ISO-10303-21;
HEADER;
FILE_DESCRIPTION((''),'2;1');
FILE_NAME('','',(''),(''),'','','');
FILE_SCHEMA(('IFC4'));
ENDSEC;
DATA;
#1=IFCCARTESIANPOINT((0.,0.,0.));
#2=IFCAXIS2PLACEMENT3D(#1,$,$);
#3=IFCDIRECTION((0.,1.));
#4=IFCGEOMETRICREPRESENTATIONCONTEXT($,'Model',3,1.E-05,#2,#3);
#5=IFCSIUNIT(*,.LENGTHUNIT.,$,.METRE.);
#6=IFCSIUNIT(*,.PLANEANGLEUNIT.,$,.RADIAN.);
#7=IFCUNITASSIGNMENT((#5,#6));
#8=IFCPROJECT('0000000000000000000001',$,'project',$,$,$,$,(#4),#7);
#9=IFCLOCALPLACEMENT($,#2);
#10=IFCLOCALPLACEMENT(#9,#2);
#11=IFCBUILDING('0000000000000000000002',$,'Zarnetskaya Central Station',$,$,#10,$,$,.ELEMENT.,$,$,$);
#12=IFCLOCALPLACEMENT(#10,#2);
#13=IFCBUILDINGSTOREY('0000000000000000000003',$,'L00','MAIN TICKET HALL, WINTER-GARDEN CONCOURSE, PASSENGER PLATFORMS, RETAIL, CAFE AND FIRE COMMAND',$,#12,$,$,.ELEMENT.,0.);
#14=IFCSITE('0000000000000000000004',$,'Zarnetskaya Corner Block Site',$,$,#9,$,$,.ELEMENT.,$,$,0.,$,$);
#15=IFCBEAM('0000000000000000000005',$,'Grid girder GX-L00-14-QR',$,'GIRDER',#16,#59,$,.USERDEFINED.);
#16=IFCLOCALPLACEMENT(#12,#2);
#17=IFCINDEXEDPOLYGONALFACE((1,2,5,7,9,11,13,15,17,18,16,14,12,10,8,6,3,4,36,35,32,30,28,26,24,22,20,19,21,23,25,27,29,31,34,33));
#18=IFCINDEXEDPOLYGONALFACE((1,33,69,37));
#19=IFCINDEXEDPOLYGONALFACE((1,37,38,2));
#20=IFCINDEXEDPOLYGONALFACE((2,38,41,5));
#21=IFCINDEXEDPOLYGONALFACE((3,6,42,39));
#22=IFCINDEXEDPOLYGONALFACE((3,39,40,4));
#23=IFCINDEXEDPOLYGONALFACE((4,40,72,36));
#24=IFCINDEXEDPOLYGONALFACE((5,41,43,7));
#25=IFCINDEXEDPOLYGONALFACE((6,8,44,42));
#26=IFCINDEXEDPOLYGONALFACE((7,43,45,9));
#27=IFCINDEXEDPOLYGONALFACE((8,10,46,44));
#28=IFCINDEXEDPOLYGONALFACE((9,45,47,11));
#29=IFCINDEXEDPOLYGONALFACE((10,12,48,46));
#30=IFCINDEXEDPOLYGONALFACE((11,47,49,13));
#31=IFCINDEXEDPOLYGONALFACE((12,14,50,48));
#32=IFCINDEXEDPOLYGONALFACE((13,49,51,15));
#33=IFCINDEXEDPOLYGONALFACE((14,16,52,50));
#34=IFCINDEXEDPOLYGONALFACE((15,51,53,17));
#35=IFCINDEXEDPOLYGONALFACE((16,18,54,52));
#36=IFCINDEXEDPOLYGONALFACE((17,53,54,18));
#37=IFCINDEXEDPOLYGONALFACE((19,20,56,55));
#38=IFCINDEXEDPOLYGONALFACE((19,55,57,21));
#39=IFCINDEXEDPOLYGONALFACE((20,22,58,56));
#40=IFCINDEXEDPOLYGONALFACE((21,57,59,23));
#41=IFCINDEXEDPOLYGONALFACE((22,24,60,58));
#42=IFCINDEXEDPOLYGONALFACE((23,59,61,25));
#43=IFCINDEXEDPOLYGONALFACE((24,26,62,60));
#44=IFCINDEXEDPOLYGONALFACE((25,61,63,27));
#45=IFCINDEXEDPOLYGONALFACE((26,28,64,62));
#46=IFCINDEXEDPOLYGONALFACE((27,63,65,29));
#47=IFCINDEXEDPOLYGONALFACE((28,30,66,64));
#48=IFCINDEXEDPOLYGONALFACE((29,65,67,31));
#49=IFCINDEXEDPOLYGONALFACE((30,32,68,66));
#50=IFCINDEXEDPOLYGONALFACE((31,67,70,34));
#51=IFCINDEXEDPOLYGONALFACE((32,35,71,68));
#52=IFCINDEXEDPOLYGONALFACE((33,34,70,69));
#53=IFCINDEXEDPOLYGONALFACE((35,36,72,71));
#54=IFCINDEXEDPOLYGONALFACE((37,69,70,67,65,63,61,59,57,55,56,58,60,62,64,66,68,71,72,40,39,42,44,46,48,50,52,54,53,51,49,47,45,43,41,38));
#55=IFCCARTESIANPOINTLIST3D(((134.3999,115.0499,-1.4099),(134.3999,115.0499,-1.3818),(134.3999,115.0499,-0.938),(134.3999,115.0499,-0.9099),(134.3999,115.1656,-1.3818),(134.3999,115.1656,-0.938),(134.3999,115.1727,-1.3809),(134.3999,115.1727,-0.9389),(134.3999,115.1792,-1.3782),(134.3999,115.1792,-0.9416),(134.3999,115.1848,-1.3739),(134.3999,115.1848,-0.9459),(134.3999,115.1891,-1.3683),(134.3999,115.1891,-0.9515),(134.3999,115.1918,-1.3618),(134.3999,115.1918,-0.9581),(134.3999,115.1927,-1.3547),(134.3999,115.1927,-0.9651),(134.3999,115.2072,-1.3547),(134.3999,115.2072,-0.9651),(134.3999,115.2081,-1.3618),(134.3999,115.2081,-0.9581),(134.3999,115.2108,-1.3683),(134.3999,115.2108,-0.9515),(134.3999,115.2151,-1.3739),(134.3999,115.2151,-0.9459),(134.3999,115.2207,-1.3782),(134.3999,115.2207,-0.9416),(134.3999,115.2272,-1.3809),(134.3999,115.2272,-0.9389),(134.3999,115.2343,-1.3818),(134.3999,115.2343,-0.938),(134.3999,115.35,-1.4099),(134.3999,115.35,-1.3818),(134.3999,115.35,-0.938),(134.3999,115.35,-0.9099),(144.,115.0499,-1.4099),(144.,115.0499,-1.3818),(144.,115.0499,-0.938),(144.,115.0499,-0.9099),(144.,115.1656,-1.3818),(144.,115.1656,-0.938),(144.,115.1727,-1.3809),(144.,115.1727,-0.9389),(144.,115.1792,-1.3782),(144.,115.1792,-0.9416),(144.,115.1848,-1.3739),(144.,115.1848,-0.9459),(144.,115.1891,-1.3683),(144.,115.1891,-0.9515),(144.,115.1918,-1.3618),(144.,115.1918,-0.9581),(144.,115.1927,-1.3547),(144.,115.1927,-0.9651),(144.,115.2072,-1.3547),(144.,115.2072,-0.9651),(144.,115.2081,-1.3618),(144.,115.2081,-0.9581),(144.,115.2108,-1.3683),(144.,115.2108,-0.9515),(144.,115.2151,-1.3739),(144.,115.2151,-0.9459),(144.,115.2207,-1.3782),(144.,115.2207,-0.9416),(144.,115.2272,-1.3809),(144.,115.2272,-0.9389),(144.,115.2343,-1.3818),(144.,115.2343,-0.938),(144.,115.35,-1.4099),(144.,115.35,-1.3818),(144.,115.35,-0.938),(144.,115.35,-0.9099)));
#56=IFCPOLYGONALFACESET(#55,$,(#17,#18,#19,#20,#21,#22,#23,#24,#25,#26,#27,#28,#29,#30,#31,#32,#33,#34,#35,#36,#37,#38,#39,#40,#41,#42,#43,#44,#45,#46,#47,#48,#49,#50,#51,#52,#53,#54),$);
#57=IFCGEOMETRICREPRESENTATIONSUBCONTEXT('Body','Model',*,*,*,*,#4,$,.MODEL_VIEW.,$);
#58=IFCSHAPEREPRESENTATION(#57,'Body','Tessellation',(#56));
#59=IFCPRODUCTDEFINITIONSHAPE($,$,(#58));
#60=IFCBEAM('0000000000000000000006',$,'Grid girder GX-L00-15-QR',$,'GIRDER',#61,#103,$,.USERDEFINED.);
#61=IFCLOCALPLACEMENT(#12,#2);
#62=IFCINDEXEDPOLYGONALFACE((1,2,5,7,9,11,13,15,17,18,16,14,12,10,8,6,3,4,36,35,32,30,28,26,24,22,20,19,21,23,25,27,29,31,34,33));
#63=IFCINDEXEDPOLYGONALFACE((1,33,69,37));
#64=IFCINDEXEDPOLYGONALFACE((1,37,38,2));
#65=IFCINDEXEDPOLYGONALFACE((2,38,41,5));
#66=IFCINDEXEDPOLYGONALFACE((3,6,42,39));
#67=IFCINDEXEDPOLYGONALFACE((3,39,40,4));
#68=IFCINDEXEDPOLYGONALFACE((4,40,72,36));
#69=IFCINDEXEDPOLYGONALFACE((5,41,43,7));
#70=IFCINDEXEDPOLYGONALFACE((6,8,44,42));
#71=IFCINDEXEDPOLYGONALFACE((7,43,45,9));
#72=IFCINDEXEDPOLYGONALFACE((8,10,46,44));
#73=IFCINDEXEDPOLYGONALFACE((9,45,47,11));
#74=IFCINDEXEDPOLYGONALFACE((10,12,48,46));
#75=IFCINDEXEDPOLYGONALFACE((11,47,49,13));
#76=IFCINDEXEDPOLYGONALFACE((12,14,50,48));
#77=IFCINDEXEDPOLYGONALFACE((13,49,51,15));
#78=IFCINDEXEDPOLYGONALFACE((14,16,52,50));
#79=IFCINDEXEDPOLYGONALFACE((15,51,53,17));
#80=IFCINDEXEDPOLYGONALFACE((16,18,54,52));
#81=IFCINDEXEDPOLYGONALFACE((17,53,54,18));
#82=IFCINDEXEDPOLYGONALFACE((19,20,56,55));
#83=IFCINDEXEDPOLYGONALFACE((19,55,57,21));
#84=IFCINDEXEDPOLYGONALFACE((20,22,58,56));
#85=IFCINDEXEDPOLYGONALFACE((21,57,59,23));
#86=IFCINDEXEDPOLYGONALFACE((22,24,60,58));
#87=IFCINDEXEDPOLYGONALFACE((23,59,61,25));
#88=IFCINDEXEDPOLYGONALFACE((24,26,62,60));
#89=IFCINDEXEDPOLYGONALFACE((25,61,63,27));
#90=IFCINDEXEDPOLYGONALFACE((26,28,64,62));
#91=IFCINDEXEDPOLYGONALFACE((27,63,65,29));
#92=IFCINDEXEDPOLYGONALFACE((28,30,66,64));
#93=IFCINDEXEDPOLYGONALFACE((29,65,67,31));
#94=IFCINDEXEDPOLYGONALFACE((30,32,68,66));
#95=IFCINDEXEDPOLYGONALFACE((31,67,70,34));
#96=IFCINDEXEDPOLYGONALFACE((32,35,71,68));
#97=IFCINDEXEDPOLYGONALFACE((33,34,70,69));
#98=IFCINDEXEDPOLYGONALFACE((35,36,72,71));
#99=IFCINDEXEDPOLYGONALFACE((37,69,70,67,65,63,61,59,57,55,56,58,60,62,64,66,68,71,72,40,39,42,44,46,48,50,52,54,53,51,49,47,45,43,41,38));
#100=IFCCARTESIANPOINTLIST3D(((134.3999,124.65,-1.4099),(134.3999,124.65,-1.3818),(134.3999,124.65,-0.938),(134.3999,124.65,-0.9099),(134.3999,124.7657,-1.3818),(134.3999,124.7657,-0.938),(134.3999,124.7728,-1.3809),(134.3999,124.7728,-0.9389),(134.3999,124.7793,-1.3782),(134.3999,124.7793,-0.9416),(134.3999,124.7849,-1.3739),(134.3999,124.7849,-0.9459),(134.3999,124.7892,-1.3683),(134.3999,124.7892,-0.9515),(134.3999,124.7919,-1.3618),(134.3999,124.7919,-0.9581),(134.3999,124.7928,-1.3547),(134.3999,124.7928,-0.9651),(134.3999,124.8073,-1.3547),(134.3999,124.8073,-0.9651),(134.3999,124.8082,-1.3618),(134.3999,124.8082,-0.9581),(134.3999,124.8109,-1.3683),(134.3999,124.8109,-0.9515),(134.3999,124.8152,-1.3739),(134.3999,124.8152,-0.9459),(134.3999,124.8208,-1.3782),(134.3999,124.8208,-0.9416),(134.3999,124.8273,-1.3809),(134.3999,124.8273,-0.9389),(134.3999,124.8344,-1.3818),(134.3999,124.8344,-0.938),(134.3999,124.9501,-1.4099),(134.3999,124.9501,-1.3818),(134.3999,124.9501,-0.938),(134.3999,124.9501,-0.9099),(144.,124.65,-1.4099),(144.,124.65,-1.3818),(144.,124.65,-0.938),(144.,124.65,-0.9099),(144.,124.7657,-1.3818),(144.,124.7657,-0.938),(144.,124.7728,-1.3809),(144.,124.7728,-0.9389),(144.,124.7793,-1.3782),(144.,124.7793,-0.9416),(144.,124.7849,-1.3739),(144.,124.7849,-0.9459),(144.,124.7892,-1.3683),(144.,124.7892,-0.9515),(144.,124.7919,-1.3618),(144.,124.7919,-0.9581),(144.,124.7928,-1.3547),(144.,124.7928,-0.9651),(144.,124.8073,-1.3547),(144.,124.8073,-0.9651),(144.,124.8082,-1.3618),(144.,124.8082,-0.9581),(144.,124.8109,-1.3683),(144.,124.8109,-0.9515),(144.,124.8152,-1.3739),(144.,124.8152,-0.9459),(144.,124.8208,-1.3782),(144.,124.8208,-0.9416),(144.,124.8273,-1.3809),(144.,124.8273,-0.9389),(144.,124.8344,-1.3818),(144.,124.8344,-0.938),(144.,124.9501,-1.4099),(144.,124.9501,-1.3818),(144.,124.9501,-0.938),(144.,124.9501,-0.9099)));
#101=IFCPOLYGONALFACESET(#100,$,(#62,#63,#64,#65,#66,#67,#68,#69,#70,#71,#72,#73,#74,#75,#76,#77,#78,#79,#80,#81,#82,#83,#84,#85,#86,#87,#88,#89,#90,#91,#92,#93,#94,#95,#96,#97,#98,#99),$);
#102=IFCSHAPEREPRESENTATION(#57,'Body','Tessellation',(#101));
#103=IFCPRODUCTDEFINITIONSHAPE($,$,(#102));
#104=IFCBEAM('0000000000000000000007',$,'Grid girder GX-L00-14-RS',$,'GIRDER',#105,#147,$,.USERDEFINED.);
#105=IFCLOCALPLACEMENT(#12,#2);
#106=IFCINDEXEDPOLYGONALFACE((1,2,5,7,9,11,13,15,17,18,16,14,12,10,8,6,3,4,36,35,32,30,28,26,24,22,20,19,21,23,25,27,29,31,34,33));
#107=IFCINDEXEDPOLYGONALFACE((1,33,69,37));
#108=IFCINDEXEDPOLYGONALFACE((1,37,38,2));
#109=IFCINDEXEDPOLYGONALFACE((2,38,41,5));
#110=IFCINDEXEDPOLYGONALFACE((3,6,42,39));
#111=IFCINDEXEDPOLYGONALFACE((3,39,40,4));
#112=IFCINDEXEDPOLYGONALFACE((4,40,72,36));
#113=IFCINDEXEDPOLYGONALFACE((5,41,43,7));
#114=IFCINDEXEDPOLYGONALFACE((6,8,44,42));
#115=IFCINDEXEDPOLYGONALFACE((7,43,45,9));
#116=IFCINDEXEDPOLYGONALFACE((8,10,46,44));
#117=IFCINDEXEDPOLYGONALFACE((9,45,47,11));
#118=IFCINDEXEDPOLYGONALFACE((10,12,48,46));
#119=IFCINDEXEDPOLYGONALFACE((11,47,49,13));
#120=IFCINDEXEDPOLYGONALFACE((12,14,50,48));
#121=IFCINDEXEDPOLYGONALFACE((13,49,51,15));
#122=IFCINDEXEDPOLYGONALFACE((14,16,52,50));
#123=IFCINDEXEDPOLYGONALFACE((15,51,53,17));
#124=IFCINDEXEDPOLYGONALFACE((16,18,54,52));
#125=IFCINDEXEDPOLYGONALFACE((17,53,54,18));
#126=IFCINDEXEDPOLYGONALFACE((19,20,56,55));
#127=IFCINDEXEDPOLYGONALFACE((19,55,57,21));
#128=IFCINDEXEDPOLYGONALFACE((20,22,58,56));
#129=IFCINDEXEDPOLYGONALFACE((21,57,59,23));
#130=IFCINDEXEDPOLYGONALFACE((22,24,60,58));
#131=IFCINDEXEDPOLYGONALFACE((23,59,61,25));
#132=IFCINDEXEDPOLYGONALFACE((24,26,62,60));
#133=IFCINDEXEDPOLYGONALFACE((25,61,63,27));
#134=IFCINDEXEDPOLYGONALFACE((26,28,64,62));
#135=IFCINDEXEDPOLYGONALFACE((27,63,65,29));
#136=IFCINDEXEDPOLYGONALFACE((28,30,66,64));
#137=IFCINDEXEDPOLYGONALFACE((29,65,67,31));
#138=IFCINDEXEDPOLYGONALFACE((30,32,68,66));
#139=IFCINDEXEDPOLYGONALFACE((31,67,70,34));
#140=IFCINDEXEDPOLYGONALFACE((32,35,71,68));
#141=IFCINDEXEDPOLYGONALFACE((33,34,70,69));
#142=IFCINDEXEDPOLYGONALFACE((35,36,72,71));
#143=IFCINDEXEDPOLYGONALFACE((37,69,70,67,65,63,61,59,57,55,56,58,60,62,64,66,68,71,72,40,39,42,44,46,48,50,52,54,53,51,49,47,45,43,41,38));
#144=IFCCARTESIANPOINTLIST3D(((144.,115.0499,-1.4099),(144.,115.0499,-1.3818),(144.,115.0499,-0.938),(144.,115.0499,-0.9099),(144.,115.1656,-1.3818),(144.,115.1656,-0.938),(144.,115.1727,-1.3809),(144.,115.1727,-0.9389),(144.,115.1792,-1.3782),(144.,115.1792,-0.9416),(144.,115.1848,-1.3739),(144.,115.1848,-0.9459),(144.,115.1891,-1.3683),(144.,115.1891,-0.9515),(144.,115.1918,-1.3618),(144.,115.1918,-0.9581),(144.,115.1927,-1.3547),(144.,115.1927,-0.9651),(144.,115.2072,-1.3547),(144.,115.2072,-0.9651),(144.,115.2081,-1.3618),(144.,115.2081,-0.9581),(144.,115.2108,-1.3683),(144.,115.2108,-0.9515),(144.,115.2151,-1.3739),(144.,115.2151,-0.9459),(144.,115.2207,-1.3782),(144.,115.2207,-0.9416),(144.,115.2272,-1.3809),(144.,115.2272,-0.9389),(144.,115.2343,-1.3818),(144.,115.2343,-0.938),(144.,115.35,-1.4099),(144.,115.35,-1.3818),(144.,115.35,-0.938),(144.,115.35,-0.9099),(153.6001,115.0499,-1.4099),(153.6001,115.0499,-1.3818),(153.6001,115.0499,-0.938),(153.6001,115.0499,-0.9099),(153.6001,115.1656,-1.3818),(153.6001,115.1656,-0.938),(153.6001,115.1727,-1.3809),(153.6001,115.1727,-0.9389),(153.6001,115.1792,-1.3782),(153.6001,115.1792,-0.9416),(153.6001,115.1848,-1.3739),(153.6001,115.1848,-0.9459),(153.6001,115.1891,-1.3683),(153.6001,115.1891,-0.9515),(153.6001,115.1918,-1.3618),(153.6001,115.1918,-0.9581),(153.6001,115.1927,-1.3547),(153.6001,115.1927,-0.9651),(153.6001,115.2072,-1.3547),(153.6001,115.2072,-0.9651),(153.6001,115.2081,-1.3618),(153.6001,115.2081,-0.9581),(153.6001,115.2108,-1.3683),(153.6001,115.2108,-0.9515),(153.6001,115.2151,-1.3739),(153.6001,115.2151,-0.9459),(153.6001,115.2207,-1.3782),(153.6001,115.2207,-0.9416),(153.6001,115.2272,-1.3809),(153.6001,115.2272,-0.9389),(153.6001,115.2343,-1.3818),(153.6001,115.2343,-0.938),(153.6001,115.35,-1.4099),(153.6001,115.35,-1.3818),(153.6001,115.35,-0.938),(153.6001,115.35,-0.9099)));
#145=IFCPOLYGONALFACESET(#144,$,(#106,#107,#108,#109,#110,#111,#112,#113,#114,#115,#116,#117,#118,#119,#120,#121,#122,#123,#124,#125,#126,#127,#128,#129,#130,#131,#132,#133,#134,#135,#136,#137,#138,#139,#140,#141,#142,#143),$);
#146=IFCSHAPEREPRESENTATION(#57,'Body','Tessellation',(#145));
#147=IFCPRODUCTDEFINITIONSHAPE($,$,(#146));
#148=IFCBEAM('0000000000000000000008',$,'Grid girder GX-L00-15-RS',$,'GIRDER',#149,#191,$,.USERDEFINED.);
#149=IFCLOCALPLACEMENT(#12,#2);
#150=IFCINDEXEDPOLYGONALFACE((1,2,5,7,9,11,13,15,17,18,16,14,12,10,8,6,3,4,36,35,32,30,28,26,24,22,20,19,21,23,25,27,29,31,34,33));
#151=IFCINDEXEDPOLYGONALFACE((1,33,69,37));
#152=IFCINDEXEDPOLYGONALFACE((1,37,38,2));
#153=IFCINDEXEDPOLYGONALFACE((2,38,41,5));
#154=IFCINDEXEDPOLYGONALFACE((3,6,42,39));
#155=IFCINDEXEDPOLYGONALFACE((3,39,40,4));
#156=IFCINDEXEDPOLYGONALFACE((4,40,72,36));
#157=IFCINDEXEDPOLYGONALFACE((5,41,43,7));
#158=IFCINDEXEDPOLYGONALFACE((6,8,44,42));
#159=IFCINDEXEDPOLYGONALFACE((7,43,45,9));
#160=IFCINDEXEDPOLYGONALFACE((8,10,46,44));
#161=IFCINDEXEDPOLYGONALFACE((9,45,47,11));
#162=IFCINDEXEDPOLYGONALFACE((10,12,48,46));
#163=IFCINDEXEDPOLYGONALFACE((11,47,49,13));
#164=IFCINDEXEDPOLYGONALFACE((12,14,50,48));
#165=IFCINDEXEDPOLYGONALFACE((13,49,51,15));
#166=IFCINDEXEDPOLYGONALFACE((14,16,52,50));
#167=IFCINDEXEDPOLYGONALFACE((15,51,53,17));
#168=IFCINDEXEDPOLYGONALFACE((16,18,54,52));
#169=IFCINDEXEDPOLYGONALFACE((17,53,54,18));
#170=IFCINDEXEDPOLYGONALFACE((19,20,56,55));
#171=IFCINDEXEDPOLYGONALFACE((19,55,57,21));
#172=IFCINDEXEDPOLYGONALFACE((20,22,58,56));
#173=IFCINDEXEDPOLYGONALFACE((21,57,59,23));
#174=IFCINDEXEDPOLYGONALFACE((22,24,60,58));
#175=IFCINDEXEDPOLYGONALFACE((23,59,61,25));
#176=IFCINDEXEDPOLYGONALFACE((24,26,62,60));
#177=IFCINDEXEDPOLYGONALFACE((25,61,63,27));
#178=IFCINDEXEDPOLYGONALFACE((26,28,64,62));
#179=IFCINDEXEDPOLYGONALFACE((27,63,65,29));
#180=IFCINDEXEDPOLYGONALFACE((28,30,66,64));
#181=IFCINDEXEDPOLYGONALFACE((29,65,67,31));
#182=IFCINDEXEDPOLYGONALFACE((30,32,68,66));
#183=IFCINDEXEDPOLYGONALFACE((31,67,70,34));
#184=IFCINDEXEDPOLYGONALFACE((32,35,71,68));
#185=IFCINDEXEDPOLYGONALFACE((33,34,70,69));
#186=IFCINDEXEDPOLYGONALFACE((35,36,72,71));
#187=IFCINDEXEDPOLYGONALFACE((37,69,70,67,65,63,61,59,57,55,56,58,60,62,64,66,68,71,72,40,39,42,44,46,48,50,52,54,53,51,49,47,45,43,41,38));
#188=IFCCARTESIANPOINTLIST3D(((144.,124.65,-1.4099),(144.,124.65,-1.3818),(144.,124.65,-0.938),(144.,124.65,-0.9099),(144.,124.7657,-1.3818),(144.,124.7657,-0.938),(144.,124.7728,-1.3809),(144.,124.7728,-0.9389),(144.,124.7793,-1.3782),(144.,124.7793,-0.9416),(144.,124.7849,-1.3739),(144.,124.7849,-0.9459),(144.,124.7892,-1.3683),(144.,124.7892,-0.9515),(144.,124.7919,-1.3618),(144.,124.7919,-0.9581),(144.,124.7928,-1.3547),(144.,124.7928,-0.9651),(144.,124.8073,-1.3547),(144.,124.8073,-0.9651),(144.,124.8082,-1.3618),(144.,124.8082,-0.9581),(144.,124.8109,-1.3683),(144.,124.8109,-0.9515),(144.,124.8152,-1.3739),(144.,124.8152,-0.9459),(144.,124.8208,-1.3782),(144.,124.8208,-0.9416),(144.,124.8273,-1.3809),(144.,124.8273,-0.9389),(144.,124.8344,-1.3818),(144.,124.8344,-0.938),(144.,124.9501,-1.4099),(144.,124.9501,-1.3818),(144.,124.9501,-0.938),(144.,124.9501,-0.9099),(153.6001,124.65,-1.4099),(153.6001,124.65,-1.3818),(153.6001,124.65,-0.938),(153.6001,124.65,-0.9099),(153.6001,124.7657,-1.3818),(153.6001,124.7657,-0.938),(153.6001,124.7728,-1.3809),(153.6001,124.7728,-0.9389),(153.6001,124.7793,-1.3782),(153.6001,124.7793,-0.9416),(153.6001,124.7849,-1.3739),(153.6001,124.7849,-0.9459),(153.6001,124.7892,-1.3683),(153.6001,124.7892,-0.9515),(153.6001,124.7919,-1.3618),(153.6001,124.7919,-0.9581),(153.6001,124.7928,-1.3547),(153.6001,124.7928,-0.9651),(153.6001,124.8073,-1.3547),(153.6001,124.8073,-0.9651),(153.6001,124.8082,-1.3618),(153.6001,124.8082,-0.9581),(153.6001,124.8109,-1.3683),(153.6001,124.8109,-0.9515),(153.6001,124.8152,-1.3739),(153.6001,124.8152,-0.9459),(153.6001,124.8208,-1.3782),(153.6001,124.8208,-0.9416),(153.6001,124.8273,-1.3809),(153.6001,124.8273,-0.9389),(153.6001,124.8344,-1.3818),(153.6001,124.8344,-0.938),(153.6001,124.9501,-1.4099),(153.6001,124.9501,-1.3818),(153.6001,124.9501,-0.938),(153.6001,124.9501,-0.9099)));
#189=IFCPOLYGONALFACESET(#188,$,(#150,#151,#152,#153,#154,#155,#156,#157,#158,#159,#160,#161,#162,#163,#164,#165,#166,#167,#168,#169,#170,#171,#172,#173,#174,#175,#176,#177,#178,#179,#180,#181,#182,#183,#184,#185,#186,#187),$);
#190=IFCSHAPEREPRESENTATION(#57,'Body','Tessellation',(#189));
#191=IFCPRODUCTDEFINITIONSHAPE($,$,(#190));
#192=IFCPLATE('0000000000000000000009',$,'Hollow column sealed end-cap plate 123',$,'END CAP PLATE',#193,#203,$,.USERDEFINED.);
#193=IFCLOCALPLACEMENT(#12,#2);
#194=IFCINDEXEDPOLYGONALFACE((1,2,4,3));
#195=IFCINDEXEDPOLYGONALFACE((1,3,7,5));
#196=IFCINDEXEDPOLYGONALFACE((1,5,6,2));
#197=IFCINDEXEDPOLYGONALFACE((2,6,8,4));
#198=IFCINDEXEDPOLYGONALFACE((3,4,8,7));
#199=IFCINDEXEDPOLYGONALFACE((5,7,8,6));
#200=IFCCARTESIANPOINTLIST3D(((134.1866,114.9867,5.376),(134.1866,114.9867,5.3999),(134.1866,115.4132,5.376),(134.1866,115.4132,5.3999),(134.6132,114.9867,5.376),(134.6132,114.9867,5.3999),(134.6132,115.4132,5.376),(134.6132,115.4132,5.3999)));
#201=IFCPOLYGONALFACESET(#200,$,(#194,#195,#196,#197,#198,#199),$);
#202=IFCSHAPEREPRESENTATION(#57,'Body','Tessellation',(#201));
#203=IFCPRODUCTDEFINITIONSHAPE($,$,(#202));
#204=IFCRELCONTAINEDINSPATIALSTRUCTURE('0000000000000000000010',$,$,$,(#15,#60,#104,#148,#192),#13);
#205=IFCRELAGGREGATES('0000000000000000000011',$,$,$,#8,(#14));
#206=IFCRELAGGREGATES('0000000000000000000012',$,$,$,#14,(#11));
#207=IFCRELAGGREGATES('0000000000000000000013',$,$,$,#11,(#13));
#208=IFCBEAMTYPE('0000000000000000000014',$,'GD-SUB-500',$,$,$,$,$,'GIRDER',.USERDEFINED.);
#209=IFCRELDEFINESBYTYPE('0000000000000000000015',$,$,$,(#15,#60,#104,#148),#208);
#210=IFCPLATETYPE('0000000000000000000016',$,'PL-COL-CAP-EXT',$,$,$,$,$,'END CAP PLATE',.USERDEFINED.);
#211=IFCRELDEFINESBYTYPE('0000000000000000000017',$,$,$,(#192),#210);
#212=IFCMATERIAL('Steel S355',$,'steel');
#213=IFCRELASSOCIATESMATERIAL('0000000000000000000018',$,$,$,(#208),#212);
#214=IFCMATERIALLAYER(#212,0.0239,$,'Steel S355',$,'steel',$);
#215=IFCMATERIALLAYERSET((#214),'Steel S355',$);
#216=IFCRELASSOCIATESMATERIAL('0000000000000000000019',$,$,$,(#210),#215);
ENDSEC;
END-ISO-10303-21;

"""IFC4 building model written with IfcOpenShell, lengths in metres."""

from ifc_helpers import new_model, si_unit, direction, frame, origin, origin_2d, place, context, subcontext, project, spatial, rectangle, i_section, extrude, material, layer, layer_set, material_profile, profile_set, type_object, element, save


model = new_model("IFC4")

# Units and contexts
model_context = context("Model", 3, precision=1e-05, world=origin(), true_north=direction((0.0, 1.0)))
body_context = subcontext(model_context, "Body", "Model", "MODEL_VIEW")
ifc_project = project(units=[si_unit("LENGTHUNIT", "METRE"), si_unit("PLANEANGLEUNIT", "RADIAN")], contexts=[model_context])

# Site, building, storey
site_placement = place(None, origin())
site = spatial("IfcSite", under=ifc_project, at=site_placement, Name="Zarnetskaya Corner Block Site", CompositionType="ELEMENT", RefElevation=0.0)
building_placement = place(site_placement, origin())
building = spatial("IfcBuilding", under=site, at=building_placement, Name="Zarnetskaya Central Station", CompositionType="ELEMENT")
storey_placement = place(building_placement, origin())
storey = spatial("IfcBuildingStorey", under=building, at=storey_placement, Name="L00", Description="MAIN TICKET HALL, WINTER-GARDEN CONCOURSE, PASSENGER PLATFORMS, RETAIL, CAFE AND FIRE COMMAND", CompositionType="ELEMENT", Elevation=0.0)

# Shared definitions
ifc_material = material(Name="Steel S355", Category="steel")

# Beams
ifc_material_profile_1 = material_profile(ifc_material, i_section(OverallWidth=0.3, OverallDepth=0.5, WebThickness=0.0144, FlangeThickness=0.0281, FilletRadius=0.0271, at=origin_2d()), Name="HEB 500")
ifc_profile_set_1 = profile_set([ifc_material_profile_1], Name="Steel S355")
beam_type_1 = type_object("IfcBeamType", Name="GD-SUB-500", ElementType="GIRDER", PredefinedType="USERDEFINED", material=ifc_profile_set_1)
for number, where, z_axis, x_axis, name in (
    (1, (134.3999, 115.2, -1.1599), (1.0, 0.0, 0.0), (0.0, 1.0, 0.0), "Grid girder GX-L00-14-QR"),
    (2, (134.3999, 124.8, -1.1599), (1.0, 0.0, 0.0), (0.0, 1.0, 0.0), "Grid girder GX-L00-15-QR"),
    (3, (144.0, 115.2, -1.1599), (1.0, 0.0, 0.0), (0.0, 1.0, 0.0), "Grid girder GX-L00-14-RS"),
    (4, (144.0, 124.8, -1.1599), (1.0, 0.0, 0.0), (0.0, 1.0, 0.0), "Grid girder GX-L00-15-RS"),
):
    element("IfcBeam", number, at=place(storey_placement, frame(where, z_axis=z_axis, x_axis=x_axis)), inside=storey, type_object=beam_type_1, Name=name, ObjectType="GIRDER", PredefinedType="USERDEFINED", context=body_context, shape_type="SweptSolid", body=[
        extrude(i_section(OverallWidth=0.3, OverallDepth=0.5, WebThickness=0.0144, FlangeThickness=0.0281, FilletRadius=0.0271, at=origin_2d()), origin(), (0.0, 0.0, 1.0), 9.6001),
    ])

# Plate
ifc_layer = layer(ifc_material, 0.0239, Name="Steel S355", Category="steel")
ifc_layer_set = layer_set([ifc_layer], Name="Steel S355")
plate_type = type_object("IfcPlateType", Name="PL-COL-CAP-EXT", ElementType="END CAP PLATE", PredefinedType="USERDEFINED", material=ifc_layer_set)
for number, where, z_axis, x_axis, name in (
    (5, (134.3999, 115.2, 5.376), (0.0, 0.0, 1.0), (1.0, 0.0, 0.0), "Hollow column sealed end-cap plate 123"),
):
    element("IfcPlate", number, at=place(storey_placement, frame(where, z_axis=z_axis, x_axis=x_axis)), inside=storey, type_object=plate_type, Name=name, ObjectType="END CAP PLATE", PredefinedType="USERDEFINED", context=body_context, shape_type="SweptSolid", body=[
        extrude(rectangle(XDim=0.4265, YDim=0.4265, at=origin_2d()), origin(), (0.0, 0.0, 1.0), 0.0239),
    ])

save(model, "model.ifc")
